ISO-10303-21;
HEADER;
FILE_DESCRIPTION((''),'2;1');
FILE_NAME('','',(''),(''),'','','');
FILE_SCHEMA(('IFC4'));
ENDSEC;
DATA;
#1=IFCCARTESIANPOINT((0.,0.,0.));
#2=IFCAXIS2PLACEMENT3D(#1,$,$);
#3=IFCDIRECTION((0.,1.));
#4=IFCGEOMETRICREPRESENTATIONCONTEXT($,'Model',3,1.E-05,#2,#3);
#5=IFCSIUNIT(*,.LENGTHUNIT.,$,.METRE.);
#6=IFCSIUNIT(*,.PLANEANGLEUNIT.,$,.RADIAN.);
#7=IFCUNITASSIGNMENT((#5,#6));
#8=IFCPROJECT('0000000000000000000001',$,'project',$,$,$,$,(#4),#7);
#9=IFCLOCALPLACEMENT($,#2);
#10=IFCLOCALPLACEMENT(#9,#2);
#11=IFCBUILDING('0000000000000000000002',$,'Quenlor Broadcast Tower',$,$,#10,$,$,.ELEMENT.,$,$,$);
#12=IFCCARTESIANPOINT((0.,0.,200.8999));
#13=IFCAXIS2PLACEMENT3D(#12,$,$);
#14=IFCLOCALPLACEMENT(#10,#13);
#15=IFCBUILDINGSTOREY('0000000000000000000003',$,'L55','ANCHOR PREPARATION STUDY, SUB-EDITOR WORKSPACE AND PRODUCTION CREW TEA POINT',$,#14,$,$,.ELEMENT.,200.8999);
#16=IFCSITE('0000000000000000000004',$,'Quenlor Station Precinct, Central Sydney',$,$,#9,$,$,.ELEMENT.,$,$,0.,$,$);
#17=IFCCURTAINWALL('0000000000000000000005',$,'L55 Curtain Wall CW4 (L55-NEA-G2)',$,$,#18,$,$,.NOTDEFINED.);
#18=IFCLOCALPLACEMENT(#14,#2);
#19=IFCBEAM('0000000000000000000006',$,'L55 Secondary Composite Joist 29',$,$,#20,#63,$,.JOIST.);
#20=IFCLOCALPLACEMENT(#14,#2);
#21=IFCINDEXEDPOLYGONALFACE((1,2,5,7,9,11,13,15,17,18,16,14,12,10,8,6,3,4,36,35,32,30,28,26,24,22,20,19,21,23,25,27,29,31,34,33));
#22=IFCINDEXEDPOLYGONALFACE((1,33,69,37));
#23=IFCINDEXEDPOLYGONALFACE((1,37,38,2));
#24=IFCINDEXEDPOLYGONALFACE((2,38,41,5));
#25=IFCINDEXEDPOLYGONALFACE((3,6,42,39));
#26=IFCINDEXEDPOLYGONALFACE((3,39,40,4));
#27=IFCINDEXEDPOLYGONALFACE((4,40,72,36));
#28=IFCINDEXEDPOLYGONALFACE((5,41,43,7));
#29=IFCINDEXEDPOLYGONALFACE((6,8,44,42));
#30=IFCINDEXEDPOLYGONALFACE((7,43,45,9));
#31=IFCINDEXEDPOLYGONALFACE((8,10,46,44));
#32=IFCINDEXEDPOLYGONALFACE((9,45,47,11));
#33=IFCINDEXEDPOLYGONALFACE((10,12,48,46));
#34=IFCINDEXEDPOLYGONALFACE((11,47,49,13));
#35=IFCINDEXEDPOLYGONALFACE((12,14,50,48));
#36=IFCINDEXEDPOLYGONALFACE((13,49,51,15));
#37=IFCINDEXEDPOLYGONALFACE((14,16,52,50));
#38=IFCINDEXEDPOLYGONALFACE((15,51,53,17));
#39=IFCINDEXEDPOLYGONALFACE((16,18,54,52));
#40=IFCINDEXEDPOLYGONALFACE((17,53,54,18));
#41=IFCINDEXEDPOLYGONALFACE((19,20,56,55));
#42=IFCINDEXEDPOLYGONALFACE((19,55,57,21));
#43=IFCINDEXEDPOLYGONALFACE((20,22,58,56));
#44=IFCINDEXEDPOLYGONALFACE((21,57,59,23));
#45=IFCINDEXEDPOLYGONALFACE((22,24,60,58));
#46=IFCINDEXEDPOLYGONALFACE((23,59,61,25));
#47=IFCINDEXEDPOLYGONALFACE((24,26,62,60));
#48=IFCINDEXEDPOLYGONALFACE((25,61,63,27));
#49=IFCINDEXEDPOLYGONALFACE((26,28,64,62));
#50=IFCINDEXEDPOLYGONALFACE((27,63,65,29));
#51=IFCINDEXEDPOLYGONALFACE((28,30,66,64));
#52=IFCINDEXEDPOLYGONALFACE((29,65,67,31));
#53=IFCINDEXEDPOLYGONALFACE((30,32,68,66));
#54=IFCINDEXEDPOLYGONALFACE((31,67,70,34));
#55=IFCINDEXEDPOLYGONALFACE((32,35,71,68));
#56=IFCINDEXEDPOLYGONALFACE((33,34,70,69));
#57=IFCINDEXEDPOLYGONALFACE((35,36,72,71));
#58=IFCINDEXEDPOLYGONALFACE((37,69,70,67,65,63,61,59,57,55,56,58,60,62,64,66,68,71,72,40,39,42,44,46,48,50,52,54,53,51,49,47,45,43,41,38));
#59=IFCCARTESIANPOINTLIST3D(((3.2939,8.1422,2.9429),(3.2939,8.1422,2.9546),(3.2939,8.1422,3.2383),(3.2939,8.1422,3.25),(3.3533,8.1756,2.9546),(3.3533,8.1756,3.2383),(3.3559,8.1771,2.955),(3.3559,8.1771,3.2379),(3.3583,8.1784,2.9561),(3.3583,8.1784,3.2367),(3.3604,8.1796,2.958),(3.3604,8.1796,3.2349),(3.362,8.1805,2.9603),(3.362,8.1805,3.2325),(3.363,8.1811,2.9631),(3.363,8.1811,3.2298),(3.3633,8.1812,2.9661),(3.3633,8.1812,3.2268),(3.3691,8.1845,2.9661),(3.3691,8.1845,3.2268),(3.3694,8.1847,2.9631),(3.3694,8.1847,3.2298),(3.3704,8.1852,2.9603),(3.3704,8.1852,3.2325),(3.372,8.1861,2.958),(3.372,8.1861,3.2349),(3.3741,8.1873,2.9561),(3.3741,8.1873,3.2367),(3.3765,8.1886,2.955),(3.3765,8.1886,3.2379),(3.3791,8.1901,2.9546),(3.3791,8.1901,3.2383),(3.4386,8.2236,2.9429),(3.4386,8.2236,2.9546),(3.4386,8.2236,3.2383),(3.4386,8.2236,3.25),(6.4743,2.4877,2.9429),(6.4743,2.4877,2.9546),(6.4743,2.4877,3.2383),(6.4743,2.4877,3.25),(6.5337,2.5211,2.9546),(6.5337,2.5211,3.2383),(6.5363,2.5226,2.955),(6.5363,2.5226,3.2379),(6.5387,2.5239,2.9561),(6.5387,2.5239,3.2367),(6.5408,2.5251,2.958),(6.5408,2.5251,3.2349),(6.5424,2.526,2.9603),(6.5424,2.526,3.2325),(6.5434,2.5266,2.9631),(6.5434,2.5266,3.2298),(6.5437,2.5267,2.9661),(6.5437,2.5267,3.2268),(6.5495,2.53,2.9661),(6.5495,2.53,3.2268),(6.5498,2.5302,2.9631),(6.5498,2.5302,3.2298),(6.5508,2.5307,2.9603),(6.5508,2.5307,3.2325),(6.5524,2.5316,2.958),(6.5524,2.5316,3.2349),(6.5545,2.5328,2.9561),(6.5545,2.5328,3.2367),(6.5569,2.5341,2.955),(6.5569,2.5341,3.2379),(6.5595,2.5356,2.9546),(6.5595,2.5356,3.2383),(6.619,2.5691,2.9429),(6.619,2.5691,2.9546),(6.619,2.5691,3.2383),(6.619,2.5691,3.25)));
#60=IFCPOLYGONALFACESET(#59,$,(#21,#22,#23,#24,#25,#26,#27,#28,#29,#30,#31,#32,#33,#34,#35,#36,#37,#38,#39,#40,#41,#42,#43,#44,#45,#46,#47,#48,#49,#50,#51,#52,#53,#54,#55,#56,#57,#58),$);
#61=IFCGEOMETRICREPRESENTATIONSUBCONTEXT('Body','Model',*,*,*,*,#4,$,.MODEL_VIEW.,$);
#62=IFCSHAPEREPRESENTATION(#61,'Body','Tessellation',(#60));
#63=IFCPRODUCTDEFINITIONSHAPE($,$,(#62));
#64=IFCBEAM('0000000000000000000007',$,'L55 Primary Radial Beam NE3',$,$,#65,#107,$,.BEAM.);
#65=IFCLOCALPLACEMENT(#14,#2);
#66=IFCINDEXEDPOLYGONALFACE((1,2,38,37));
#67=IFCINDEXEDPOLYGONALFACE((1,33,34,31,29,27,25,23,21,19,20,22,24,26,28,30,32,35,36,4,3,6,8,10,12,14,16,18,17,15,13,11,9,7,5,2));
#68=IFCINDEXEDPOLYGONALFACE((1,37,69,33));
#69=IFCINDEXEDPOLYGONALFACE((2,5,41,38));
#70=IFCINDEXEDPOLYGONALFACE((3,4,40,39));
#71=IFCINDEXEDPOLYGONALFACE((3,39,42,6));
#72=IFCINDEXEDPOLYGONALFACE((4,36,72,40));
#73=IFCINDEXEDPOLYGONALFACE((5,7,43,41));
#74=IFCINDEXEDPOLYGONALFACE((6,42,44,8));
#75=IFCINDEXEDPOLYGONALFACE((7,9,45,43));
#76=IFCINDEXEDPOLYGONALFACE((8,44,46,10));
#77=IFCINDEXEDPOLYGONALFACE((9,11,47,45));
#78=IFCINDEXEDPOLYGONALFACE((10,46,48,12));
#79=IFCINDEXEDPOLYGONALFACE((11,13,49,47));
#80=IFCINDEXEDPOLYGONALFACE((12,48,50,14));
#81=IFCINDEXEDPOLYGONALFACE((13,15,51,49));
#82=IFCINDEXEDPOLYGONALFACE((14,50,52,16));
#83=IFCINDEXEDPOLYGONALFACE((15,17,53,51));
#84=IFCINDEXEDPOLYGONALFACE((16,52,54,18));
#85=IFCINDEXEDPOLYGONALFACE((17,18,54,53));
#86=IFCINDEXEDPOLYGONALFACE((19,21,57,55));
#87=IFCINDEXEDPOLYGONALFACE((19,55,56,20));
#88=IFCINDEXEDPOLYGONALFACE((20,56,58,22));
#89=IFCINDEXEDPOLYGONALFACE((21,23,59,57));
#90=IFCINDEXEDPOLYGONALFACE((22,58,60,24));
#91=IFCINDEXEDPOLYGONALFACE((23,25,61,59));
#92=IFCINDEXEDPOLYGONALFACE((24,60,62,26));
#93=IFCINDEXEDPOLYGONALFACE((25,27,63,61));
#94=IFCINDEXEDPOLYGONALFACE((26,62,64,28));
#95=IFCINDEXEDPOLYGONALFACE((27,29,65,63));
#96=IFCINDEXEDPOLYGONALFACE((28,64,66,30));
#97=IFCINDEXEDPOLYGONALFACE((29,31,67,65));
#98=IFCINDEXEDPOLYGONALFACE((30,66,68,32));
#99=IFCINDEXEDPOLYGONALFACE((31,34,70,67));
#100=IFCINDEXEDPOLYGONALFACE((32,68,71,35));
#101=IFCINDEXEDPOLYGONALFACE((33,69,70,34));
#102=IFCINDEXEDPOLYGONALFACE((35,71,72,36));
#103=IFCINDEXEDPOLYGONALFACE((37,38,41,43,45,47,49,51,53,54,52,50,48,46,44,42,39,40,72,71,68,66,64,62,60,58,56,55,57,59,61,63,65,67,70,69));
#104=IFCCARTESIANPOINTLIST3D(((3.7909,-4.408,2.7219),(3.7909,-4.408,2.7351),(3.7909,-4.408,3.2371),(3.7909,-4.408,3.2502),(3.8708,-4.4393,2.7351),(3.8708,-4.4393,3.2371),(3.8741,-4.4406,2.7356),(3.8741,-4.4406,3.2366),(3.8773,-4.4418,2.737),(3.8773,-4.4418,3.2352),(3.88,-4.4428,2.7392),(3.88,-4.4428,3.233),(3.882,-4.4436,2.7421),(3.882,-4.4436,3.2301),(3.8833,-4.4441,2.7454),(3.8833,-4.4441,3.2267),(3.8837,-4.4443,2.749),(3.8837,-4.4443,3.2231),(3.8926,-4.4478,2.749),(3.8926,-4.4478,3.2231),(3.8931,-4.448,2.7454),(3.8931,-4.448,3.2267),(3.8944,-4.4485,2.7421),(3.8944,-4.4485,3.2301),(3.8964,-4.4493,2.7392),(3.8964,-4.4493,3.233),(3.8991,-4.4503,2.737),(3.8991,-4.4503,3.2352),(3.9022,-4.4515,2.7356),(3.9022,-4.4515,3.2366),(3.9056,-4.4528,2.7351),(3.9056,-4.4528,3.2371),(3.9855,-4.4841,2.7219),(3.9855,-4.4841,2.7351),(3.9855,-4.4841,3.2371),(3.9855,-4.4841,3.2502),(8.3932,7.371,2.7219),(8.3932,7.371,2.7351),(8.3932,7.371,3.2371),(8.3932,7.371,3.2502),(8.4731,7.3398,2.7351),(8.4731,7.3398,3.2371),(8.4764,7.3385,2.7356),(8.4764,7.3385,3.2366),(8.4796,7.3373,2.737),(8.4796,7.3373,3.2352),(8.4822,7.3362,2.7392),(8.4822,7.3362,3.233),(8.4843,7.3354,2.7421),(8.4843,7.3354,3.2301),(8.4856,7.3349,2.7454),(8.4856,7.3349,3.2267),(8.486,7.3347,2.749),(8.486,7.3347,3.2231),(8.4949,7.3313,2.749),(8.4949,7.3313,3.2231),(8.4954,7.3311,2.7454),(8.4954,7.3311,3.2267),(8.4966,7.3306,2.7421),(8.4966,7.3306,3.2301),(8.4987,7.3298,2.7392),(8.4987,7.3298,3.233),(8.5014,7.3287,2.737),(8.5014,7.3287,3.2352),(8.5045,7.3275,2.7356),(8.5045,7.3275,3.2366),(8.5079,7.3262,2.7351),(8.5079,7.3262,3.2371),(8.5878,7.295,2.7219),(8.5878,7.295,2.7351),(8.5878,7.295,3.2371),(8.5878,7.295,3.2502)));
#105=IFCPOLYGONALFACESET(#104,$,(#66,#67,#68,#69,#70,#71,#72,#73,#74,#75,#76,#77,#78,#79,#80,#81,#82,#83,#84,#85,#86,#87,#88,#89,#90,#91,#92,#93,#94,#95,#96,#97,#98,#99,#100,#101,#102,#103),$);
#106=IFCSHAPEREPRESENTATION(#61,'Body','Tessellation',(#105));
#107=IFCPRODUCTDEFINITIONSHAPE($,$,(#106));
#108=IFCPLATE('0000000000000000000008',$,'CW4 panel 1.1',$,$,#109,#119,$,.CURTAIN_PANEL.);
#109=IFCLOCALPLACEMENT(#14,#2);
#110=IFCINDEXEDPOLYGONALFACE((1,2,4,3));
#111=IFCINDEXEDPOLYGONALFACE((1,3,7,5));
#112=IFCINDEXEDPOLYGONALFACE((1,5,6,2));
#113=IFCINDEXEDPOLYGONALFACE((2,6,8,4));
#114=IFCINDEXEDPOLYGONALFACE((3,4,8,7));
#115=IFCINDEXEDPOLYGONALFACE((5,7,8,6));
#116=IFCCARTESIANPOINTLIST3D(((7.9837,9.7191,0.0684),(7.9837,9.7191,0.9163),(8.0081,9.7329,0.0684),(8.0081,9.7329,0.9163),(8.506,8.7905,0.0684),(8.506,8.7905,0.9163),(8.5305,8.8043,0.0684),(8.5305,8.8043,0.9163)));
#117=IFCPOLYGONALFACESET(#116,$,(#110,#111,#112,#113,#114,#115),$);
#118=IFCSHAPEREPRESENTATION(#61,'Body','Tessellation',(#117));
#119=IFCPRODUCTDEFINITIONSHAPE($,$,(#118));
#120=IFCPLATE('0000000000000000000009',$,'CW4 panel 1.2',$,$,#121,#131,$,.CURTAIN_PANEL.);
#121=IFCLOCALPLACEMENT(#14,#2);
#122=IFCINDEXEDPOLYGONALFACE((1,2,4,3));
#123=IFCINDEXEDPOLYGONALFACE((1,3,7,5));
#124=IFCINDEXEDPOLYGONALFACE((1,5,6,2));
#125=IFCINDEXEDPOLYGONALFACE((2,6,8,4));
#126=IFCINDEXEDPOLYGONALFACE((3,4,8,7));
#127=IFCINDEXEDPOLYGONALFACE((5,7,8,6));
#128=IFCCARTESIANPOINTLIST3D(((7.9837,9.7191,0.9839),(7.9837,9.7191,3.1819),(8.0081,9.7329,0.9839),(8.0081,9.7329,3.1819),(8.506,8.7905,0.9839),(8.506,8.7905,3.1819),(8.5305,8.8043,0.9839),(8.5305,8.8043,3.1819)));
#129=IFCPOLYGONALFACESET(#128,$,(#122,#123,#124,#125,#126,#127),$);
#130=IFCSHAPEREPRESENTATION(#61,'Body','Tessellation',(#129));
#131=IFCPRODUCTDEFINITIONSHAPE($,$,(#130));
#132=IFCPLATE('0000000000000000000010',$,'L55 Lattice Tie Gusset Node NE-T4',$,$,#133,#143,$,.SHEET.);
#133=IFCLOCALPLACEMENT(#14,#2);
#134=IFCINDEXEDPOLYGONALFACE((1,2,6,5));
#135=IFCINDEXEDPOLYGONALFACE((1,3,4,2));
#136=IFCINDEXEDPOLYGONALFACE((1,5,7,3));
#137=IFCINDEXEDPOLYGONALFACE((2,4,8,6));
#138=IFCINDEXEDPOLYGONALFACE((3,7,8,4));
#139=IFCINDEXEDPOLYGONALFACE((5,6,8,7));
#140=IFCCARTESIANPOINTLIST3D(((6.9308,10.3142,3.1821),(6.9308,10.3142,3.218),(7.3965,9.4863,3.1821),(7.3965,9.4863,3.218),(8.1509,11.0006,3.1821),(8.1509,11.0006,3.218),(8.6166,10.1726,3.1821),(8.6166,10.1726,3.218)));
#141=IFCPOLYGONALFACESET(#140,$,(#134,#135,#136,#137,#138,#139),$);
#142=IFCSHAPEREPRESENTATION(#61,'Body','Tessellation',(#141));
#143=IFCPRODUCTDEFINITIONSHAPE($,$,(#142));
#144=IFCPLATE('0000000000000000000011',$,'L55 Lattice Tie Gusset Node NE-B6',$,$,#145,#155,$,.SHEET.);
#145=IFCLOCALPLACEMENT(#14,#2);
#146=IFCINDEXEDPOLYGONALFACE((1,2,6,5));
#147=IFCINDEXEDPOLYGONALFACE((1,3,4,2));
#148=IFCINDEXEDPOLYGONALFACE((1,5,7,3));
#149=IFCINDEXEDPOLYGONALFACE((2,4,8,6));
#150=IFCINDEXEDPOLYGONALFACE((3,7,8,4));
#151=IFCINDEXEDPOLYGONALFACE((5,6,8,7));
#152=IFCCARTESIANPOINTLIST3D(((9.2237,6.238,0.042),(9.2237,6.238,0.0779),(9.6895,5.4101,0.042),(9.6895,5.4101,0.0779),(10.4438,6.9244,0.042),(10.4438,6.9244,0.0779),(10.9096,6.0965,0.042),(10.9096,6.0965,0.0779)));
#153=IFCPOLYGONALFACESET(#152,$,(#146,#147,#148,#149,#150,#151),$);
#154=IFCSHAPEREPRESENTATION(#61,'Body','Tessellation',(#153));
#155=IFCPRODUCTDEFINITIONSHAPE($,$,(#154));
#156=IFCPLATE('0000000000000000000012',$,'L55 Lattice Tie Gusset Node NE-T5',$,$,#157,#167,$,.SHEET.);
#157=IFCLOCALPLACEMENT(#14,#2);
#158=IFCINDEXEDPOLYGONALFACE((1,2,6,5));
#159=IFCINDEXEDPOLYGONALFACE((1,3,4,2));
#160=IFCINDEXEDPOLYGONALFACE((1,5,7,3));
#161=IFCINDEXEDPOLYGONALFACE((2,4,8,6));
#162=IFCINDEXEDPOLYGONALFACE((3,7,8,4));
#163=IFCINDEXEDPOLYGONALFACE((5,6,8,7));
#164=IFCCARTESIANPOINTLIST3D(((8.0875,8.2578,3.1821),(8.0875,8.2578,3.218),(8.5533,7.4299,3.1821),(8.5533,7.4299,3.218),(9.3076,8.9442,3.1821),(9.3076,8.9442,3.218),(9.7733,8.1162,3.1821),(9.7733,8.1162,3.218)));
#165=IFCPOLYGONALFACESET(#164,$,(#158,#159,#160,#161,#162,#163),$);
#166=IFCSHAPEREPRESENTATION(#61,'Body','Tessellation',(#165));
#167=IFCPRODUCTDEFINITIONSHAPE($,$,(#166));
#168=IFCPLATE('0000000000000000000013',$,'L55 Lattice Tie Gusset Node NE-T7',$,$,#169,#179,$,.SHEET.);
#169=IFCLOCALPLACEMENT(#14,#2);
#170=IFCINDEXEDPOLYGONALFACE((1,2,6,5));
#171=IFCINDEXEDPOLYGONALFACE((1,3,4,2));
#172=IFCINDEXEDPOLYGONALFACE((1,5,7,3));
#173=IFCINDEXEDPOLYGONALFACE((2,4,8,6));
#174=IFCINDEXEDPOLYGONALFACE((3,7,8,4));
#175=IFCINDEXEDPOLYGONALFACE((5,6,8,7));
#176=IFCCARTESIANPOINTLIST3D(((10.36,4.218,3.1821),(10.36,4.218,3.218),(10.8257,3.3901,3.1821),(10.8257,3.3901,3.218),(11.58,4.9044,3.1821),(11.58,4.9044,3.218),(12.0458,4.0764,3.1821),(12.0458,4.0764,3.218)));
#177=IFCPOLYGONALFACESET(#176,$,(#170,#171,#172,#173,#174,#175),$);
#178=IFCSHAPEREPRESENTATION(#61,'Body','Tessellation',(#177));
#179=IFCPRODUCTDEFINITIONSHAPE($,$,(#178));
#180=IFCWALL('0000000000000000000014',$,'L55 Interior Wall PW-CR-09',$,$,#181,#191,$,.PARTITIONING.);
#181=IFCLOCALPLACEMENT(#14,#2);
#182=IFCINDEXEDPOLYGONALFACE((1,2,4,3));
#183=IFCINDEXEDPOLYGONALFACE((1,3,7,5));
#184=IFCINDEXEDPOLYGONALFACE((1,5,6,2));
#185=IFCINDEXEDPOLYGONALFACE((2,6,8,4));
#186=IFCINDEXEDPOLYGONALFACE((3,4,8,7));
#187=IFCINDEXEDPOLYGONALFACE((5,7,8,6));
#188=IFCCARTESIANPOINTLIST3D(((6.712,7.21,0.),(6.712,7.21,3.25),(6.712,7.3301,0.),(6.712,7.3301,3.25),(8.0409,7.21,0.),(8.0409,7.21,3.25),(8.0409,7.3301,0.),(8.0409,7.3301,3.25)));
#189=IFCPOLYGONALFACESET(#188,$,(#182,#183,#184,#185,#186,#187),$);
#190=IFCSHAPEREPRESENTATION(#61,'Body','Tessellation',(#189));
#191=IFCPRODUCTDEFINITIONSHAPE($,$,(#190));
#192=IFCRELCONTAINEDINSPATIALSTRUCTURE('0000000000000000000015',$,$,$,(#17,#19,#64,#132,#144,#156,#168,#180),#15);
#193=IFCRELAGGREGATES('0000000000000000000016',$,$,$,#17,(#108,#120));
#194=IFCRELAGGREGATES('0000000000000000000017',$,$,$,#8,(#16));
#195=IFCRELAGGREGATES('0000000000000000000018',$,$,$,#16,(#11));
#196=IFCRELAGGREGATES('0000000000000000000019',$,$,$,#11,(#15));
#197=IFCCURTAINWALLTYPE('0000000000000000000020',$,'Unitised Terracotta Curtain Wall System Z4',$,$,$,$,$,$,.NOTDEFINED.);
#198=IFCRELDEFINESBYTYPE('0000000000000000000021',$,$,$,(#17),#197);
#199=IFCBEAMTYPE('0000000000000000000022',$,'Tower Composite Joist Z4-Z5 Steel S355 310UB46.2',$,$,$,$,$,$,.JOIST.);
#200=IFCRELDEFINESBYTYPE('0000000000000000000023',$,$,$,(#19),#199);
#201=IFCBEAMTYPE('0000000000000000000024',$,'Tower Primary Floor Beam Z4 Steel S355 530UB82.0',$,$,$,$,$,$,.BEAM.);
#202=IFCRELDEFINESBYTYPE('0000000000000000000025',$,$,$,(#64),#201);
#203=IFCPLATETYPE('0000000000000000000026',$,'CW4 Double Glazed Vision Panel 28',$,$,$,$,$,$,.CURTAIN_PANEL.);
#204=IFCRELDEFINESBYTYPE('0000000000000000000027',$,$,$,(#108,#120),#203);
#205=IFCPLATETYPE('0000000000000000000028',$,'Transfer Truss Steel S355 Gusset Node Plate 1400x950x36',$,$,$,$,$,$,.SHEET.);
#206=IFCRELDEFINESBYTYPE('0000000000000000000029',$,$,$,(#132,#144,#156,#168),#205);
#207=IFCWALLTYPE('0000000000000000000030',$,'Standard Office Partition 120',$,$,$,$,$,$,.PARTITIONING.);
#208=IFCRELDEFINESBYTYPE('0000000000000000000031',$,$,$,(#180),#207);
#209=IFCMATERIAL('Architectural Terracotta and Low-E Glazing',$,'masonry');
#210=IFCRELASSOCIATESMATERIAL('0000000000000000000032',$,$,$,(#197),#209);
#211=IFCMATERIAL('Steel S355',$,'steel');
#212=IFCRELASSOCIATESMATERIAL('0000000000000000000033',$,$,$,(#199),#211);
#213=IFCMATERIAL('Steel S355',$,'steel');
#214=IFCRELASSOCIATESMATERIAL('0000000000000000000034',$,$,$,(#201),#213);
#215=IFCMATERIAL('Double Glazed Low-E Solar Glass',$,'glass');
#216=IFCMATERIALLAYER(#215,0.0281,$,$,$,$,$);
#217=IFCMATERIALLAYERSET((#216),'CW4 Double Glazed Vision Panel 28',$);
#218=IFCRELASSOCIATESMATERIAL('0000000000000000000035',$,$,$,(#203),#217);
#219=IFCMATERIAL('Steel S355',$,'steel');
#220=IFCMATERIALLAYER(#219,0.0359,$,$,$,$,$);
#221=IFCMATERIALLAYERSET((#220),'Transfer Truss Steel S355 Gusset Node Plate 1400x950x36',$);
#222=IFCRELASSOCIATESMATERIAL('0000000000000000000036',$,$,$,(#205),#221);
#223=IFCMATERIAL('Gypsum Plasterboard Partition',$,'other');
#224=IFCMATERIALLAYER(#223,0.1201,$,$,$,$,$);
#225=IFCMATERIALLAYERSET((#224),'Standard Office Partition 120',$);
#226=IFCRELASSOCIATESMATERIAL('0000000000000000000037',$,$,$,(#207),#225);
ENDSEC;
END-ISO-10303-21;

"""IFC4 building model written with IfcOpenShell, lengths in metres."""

from ifc_helpers import new_model, si_unit, direction, frame, frame_2d, origin, origin_2d, place, context, subcontext, project, spatial, rectangle, i_section, extrude, material, layer, layer_set, material_profile, profile_set, type_object, element, aggregate, save


model = new_model("IFC4")

# Units and contexts
model_context = context("Model", 3, precision=1e-05, world=origin(), true_north=direction((0.0, 1.0)))
body_context = subcontext(model_context, "Body", "Model", "MODEL_VIEW")
ifc_project = project(units=[si_unit("LENGTHUNIT", "METRE"), si_unit("PLANEANGLEUNIT", "RADIAN")], contexts=[model_context])

# Site, building, storey
site_placement = place(None, origin())
site = spatial("IfcSite", under=ifc_project, at=site_placement, Name="Quenlor Station Precinct, Central Sydney", CompositionType="ELEMENT", RefElevation=0.0)
building_placement = place(site_placement, origin())
building = spatial("IfcBuilding", under=site, at=building_placement, Name="Quenlor Broadcast Tower", CompositionType="ELEMENT")
storey_placement = place(building_placement, frame((0.0, 0.0, 200.8999)))
storey = spatial("IfcBuildingStorey", under=building, at=storey_placement, Name="L55", Description="ANCHOR PREPARATION STUDY, SUB-EDITOR WORKSPACE AND PRODUCTION CREW TEA POINT", CompositionType="ELEMENT", Elevation=200.8999)

# Curtain wall
ifc_material_1 = material(Name="Architectural Terracotta and Low-E Glazing", Category="masonry")
curtain_wall_type = type_object("IfcCurtainWallType", Name="Unitised Terracotta Curtain Wall System Z4", PredefinedType="NOTDEFINED", material=ifc_material_1)
curtain_wall_1_placement = place(storey_placement, origin())
curtain_wall_1 = element("IfcCurtainWall", 1, at=curtain_wall_1_placement, inside=storey, type_object=curtain_wall_type, Name="L55 Curtain Wall CW4 (L55-NEA-G2)", PredefinedType="NOTDEFINED")

# Beams
ifc_material_2 = material(Name="Steel S355", Category="steel")
ifc_material_profile_1 = material_profile(ifc_material_2, i_section(OverallWidth=0.166, OverallDepth=0.3071, WebThickness=0.0066, FlangeThickness=0.0117, FilletRadius=0.0115, at=origin_2d()))
ifc_profile_set_1 = profile_set([ifc_material_profile_1], Name="Steel S355 310UB46.2")
beam_type_1 = type_object("IfcBeamType", Name="Tower Composite Joist Z4-Z5 Steel S355 310UB46.2", PredefinedType="JOIST", material=ifc_profile_set_1)
beam_1_placement = place(storey_placement, frame((3.3662, 8.1829, 3.0964), z_axis=(0.490231, -0.871593, 0.0), x_axis=(0.871593, 0.490231, 0.0)))
element("IfcBeam", 2, at=beam_1_placement, inside=storey, type_object=beam_type_1, Name="L55 Secondary Composite Joist 29", PredefinedType="JOIST", context=body_context, shape_type="SweptSolid", body=[
    extrude(i_section(OverallWidth=0.166, OverallDepth=0.3071, WebThickness=0.0066, FlangeThickness=0.0117, FilletRadius=0.0115, at=origin_2d()), origin(), (0.0, 0.0, 1.0), 6.4875),
])
ifc_material_3 = material(Name="Steel S355", Category="steel")
ifc_material_profile_2 = material_profile(ifc_material_3, i_section(OverallWidth=0.209, OverallDepth=0.5283, WebThickness=0.0095, FlangeThickness=0.0132, FilletRadius=0.0139, at=origin_2d()))
ifc_profile_set_2 = profile_set([ifc_material_profile_2], Name="Steel S355 530UB82.0")
beam_type_2 = type_object("IfcBeamType", Name="Tower Primary Floor Beam Z4 Steel S355 530UB82.0", PredefinedType="BEAM", material=ifc_profile_set_2)
beam_2_placement = place(storey_placement, frame((8.4905, 7.333, 2.9861), z_axis=(-0.363926, -0.931428, 0.0), x_axis=(0.931428, -0.363926, 0.0)))
element("IfcBeam", 3, at=beam_2_placement, inside=storey, type_object=beam_type_2, Name="L55 Primary Radial Beam NE3", PredefinedType="BEAM", context=body_context, shape_type="SweptSolid", body=[
    extrude(i_section(OverallWidth=0.209, OverallDepth=0.5283, WebThickness=0.0095, FlangeThickness=0.0132, FilletRadius=0.0139, at=origin_2d()), origin(), (0.0, 0.0, 1.0), 12.6462),
])

# Plates
ifc_material_4 = material(Name="Double Glazed Low-E Solar Glass", Category="glass")
ifc_layer_1 = layer(ifc_material_4, 0.0281)
ifc_layer_set_1 = layer_set([ifc_layer_1], Name="CW4 Double Glazed Vision Panel 28")
plate_type_1 = type_object("IfcPlateType", Name="CW4 Double Glazed Vision Panel 28", PredefinedType="CURTAIN_PANEL", material=ifc_layer_set_1)
plate_1_placement = place(storey_placement, frame((8.2571, 9.2617, 0.0684), z_axis=(0.0, 0.0, 1.0), x_axis=(0.490293, -0.871558, 0.0)))
plate_1 = element("IfcPlate", 4, at=plate_1_placement, type_object=plate_type_1, Name="CW4 panel 1.1", PredefinedType="CURTAIN_PANEL", context=body_context, shape_type="SweptSolid", body=[
    extrude(rectangle(XDim=1.0654, YDim=0.0281, at=origin_2d()), origin(), (0.0, 0.0, 1.0), 0.8479),
])
plate_2_placement = place(storey_placement, frame((8.2571, 9.2617, 0.9839), z_axis=(0.0, 0.0, 1.0), x_axis=(0.490293, -0.871558, 0.0)))
plate_2 = element("IfcPlate", 5, at=plate_2_placement, type_object=plate_type_1, Name="CW4 panel 1.2", PredefinedType="CURTAIN_PANEL", context=body_context, shape_type="SweptSolid", body=[
    extrude(rectangle(XDim=1.0654, YDim=0.0281, at=origin_2d()), origin(), (0.0, 0.0, 1.0), 2.198),
])
aggregate(curtain_wall_1, [plate_1, plate_2])

# Plates
ifc_material_5 = material(Name="Steel S355", Category="steel")
ifc_layer_2 = layer(ifc_material_5, 0.0359)
ifc_layer_set_2 = layer_set([ifc_layer_2], Name="Transfer Truss Steel S355 Gusset Node Plate 1400x950x36")
plate_type_2 = type_object("IfcPlateType", Name="Transfer Truss Steel S355 Gusset Node Plate 1400x950x36", PredefinedType="SHEET", material=ifc_layer_set_2)
for number, where, z_axis, x_axis, name in (
    (6, (7.7737, 10.2434, 3.1821), (0.0, 0.0, 1.0), (0.871556, 0.490295, 0.0), "L55 Lattice Tie Gusset Node NE-T4"),
    (7, (10.0667, 6.1672, 0.042), (0.0, 0.0, 1.0), (0.871556, 0.490295, 0.0), "L55 Lattice Tie Gusset Node NE-B6"),
    (8, (8.9304, 8.187, 3.1821), (0.0, 0.0, 1.0), (0.871556, 0.490295, 0.0), "L55 Lattice Tie Gusset Node NE-T5"),
    (9, (11.2029, 4.1472, 3.1821), (0.0, 0.0, 1.0), (0.871556, 0.490295, 0.0), "L55 Lattice Tie Gusset Node NE-T7"),
):
    element("IfcPlate", number, at=place(storey_placement, frame(where, z_axis=z_axis, x_axis=x_axis)), inside=storey, type_object=plate_type_2, Name=name, PredefinedType="SHEET", context=body_context, shape_type="SweptSolid", body=[
        extrude(rectangle(XDim=1.3999, YDim=0.95, at=origin_2d()), origin(), (0.0, 0.0, 1.0), 0.0359),
    ])

# Wall
ifc_material_6 = material(Name="Gypsum Plasterboard Partition", Category="other")
ifc_layer_3 = layer(ifc_material_6, 0.1201)
ifc_layer_set_3 = layer_set([ifc_layer_3], Name="Standard Office Partition 120")
wall_type_1 = type_object("IfcWallType", Name="Standard Office Partition 120", PredefinedType="PARTITIONING", material=ifc_layer_set_3)
wall_1_placement = place(storey_placement, frame((6.7119, 7.27, 0.0), z_axis=(0.0, 0.0, 1.0), x_axis=(1.0, 0.0, 0.0)))
element("IfcWall", 10, at=wall_1_placement, inside=storey, type_object=wall_type_1, Name="L55 Interior Wall PW-CR-09", PredefinedType="PARTITIONING", context=body_context, shape_type="SweptSolid", body=[
    extrude(rectangle(XDim=1.3289, YDim=0.1201, at=frame_2d((0.6646, 0.0))), origin(), (0.0, 0.0, 1.0), 3.25),
])

save(model, "model.ifc")
